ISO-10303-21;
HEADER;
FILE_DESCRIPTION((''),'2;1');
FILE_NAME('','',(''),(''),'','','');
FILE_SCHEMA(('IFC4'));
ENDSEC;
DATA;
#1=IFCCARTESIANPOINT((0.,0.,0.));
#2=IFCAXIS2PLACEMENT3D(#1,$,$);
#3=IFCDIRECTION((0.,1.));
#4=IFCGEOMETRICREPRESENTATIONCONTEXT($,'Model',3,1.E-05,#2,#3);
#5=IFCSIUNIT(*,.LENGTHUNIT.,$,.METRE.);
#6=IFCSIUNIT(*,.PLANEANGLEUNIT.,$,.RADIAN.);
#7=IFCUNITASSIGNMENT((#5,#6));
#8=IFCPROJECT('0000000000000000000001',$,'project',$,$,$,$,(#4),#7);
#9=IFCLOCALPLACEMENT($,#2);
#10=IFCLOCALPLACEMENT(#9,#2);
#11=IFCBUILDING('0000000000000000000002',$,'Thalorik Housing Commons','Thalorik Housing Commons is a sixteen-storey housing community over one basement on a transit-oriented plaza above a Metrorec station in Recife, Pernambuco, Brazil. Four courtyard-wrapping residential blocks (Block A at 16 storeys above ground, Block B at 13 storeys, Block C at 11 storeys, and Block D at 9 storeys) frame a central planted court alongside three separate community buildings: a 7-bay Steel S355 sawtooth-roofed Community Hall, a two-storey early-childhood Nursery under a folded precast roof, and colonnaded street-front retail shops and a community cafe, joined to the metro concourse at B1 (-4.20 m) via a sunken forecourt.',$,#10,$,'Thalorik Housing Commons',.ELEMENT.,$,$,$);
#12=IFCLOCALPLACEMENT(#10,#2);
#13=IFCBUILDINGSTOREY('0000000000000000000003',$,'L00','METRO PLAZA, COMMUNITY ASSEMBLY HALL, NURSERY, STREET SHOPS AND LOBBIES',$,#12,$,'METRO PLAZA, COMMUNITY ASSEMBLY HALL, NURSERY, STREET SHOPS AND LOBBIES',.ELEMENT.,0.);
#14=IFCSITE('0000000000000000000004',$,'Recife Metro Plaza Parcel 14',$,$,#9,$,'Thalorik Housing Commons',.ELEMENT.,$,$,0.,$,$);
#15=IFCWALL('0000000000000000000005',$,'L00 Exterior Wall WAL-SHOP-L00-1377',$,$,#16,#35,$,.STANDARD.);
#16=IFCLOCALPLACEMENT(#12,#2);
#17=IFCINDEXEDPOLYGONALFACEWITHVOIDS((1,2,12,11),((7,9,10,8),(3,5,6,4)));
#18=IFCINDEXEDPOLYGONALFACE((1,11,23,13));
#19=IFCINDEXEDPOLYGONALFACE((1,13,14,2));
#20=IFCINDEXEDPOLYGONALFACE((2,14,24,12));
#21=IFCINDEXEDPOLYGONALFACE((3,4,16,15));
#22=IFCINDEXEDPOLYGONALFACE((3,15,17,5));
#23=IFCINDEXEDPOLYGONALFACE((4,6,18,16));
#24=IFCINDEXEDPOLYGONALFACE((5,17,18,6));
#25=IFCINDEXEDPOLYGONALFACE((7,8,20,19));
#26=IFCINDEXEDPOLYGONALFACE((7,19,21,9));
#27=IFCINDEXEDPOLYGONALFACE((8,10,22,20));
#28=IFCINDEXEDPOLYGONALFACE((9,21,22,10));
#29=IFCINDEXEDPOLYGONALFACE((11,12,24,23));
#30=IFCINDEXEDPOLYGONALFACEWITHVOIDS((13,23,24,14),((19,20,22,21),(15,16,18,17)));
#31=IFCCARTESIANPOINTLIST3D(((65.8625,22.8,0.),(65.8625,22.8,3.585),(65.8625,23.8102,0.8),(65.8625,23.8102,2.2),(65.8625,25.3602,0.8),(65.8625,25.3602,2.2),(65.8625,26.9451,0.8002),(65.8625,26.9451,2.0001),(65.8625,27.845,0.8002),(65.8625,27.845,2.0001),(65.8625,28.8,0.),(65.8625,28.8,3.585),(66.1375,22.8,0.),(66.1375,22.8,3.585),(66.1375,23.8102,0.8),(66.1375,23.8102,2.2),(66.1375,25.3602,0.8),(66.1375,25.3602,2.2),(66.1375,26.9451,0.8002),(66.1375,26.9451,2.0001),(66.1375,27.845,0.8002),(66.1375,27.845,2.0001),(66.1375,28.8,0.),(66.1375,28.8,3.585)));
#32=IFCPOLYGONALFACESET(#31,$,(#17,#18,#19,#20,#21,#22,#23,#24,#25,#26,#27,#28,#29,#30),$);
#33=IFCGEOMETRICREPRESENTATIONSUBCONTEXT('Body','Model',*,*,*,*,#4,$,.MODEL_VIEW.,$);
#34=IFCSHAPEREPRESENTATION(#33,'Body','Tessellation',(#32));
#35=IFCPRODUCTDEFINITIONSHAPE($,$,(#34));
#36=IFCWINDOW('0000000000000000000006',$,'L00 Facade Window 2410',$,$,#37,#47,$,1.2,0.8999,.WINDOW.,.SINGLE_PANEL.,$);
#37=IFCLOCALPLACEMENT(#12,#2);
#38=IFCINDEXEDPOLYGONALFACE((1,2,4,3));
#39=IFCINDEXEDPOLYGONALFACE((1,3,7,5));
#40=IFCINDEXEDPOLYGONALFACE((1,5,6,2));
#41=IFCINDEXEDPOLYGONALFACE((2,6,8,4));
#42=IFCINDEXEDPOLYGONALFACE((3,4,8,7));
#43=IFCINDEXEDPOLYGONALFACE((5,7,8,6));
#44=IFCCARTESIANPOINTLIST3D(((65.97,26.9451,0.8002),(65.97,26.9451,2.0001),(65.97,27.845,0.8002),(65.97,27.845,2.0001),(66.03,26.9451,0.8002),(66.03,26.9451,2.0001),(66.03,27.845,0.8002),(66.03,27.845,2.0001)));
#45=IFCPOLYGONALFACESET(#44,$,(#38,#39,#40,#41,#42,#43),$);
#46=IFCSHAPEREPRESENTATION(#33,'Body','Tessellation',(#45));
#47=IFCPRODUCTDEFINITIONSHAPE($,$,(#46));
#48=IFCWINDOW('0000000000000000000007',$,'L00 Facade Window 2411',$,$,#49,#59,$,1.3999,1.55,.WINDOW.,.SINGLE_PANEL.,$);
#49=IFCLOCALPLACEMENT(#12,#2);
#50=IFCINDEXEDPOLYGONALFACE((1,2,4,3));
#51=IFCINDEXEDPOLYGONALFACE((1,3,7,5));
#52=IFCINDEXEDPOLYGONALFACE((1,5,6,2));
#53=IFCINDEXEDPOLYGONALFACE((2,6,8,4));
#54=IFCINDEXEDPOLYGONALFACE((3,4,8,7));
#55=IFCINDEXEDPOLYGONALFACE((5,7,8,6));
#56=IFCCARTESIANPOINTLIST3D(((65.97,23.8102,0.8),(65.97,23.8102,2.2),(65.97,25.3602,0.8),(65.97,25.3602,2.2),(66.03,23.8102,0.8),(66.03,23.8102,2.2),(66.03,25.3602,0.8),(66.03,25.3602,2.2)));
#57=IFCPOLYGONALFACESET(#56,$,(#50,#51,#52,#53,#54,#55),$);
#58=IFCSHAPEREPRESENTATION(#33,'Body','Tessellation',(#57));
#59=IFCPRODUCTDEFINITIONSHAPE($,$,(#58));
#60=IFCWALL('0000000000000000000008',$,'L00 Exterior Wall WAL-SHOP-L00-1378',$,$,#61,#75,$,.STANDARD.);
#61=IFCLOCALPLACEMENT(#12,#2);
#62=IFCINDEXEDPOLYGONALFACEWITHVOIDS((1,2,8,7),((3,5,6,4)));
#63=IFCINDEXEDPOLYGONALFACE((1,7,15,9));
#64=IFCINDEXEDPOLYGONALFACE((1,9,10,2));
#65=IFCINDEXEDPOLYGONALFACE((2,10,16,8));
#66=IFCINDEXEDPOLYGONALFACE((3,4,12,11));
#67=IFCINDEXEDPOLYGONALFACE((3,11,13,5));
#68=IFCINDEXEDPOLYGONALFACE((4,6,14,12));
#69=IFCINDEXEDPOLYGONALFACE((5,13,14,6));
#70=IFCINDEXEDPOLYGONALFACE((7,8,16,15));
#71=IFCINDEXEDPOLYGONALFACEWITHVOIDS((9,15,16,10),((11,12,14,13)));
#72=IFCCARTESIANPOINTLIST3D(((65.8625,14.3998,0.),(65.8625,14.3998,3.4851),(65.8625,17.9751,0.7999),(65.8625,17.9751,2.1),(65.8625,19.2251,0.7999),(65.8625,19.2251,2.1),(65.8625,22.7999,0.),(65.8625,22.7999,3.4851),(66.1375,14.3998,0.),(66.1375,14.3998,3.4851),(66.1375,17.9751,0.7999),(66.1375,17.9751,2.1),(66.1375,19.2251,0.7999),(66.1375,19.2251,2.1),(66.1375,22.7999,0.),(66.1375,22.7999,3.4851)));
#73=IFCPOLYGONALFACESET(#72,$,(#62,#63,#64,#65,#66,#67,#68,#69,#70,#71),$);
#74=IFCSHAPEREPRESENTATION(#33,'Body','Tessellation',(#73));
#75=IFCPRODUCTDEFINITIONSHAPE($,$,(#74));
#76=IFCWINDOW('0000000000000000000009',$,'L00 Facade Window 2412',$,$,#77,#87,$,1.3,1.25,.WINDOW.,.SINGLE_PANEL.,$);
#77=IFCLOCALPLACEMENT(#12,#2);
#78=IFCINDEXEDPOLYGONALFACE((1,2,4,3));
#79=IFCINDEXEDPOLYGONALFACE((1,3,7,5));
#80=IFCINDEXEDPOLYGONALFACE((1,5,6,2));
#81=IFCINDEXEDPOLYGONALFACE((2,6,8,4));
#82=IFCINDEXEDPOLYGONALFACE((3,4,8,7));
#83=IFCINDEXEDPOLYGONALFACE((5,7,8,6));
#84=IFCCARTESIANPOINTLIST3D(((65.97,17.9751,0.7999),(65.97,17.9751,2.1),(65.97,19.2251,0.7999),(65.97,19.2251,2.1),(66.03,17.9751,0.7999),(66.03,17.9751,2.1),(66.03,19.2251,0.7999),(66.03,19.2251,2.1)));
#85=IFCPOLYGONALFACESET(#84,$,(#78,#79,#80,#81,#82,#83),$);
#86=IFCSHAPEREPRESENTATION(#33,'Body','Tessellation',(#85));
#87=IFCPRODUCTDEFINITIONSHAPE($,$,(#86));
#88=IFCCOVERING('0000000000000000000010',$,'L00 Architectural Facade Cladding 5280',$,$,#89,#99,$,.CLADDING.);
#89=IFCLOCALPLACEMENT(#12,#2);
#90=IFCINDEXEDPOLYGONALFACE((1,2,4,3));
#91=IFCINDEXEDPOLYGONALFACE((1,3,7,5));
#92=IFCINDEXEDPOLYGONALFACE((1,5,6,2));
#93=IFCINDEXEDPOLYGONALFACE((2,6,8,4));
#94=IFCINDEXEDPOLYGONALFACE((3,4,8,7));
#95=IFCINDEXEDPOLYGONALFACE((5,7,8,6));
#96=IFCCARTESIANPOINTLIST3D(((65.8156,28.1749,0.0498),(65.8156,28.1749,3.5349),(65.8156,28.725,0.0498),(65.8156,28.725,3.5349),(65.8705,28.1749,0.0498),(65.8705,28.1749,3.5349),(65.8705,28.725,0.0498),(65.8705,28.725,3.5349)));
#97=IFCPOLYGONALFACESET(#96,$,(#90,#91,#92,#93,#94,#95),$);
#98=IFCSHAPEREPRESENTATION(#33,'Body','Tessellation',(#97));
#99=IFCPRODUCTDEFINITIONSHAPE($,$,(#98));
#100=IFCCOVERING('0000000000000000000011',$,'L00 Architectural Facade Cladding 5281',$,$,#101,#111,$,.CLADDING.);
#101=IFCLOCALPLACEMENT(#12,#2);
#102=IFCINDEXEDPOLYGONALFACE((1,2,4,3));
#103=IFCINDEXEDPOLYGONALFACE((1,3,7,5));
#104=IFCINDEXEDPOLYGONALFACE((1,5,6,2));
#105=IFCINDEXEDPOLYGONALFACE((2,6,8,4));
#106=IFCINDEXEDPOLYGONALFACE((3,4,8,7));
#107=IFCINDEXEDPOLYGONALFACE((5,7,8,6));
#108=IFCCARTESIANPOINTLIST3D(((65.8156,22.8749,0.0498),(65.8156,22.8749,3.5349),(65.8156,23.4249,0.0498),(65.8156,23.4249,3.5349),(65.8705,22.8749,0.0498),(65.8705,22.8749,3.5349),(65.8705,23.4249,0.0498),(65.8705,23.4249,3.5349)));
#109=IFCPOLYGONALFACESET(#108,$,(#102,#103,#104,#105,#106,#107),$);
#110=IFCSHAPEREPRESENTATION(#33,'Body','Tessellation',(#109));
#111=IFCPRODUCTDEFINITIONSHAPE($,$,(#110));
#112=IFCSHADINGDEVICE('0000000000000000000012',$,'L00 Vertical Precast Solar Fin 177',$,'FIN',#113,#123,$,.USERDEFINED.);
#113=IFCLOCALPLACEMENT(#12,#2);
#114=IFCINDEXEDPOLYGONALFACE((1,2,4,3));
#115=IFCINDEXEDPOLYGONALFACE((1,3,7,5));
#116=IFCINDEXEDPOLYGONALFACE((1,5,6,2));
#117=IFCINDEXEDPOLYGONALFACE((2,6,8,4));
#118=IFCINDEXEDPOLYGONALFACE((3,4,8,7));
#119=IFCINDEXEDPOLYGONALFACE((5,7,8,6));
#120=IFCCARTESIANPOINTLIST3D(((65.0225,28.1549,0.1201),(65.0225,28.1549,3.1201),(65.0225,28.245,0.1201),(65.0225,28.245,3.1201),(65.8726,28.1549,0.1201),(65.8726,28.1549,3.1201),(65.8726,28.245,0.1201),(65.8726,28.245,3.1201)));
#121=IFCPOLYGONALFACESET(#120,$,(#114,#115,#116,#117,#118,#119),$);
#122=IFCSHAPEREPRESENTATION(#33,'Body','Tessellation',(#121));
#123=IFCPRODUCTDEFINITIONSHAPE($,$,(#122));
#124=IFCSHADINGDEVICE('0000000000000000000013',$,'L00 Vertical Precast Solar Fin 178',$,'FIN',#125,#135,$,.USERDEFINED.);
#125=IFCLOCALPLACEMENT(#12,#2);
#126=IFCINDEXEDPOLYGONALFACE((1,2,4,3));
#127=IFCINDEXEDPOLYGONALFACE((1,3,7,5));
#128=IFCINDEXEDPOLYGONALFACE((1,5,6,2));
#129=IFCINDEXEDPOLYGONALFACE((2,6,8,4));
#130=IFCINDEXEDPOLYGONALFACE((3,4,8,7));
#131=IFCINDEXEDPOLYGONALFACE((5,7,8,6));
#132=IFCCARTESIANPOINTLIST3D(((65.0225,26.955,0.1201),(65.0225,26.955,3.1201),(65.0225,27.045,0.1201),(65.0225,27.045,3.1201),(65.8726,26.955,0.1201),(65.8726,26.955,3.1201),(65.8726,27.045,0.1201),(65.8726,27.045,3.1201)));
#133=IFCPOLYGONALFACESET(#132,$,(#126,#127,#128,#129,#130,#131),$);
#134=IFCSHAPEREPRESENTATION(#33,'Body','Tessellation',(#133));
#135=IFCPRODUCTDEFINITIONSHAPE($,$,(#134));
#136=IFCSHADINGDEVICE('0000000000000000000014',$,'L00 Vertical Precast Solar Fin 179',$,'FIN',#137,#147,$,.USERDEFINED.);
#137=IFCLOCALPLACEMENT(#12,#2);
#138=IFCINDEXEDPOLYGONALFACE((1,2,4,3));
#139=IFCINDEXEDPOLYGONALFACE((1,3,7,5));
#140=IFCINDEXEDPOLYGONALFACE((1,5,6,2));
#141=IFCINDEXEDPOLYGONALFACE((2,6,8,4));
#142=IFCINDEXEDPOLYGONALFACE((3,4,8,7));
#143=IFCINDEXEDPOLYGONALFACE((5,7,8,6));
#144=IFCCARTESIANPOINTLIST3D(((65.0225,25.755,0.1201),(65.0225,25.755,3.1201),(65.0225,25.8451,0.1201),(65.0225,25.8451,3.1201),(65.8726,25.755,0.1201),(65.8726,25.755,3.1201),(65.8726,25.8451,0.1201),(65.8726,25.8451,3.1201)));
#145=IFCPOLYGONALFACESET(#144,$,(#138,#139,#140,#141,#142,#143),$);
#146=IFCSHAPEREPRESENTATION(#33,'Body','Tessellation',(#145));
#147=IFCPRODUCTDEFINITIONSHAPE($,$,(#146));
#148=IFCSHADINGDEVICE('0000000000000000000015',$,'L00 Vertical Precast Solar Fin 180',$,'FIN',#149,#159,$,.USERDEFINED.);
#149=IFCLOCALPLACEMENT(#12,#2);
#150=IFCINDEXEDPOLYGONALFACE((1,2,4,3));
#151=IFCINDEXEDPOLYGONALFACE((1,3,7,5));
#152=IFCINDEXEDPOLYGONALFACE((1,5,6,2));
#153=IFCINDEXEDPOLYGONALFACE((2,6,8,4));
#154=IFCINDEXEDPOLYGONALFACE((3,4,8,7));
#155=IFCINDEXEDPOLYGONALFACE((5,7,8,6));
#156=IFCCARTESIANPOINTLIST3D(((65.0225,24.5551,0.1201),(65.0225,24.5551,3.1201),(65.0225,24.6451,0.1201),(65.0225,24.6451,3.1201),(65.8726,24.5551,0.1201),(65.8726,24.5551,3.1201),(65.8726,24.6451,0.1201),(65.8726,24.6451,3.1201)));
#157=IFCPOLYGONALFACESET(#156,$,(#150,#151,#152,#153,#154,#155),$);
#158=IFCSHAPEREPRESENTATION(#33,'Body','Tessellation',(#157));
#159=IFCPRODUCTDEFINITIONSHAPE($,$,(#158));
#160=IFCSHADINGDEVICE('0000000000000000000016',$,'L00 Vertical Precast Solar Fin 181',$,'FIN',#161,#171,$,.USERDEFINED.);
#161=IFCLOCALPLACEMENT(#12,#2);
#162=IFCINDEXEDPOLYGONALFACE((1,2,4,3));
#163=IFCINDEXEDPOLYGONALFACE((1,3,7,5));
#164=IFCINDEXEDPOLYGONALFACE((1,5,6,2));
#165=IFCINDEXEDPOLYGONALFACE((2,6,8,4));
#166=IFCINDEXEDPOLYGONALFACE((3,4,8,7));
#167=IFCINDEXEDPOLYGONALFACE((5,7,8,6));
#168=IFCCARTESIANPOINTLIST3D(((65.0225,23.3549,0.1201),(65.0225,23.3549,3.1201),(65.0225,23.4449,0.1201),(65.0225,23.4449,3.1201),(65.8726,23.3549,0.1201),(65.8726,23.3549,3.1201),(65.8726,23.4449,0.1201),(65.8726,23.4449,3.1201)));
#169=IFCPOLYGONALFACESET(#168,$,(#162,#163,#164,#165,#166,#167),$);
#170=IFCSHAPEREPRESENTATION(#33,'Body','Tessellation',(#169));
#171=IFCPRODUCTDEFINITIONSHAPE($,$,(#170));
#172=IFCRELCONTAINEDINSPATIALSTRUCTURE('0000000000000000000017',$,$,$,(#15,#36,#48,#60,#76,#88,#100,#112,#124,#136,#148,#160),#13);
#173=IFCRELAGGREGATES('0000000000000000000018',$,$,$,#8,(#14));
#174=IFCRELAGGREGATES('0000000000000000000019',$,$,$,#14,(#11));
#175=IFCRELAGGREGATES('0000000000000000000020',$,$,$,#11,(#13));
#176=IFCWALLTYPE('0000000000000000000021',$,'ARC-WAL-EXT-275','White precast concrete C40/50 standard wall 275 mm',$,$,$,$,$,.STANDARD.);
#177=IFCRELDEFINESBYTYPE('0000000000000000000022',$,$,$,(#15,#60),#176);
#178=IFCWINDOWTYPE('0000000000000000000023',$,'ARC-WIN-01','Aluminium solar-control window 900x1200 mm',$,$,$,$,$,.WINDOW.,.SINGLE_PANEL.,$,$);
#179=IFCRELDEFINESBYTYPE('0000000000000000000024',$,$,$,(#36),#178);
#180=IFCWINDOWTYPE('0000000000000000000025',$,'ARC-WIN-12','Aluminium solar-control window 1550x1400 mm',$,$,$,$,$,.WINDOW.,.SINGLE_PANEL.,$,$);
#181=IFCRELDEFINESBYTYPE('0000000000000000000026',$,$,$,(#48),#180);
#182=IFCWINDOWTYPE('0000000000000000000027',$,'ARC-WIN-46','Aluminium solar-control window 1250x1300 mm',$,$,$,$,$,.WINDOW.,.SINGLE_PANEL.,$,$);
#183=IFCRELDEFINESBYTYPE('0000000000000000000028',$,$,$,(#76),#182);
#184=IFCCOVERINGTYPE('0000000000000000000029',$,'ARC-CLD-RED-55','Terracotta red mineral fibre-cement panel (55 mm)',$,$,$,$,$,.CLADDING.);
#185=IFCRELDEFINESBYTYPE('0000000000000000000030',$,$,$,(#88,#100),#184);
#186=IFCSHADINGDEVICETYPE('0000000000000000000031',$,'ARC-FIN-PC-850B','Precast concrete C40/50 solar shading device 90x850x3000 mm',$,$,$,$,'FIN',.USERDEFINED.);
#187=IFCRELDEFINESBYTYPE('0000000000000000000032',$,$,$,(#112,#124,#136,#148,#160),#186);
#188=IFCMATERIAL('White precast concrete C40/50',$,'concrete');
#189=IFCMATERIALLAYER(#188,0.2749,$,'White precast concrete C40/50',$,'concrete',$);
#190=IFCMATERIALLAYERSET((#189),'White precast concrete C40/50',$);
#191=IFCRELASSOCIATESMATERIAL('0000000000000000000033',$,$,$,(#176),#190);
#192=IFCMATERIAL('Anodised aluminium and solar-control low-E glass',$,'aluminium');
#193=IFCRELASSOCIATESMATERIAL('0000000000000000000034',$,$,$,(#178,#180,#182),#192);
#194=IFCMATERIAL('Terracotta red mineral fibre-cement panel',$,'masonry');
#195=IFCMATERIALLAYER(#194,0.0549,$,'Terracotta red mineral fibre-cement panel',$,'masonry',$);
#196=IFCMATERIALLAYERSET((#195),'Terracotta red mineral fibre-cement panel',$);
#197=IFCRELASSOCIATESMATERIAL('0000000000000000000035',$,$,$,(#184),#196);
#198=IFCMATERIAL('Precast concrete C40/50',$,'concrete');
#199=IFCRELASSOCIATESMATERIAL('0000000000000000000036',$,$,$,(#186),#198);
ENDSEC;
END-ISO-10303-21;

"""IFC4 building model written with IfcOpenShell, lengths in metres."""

from ifc_helpers import new_model, si_unit, direction, frame, frame_2d, origin, origin_2d, place, context, subcontext, project, spatial, rectangle, extrude, material, layer, layer_set, type_object, element, fill, save


model = new_model("IFC4")

# Units and contexts
model_context = context("Model", 3, precision=1e-05, world=origin(), true_north=direction((0.0, 1.0)))
body_context = subcontext(model_context, "Body", "Model", "MODEL_VIEW")
ifc_project = project(units=[si_unit("LENGTHUNIT", "METRE"), si_unit("PLANEANGLEUNIT", "RADIAN")], contexts=[model_context])

# Site, building, storey
site_placement = place(None, origin())
site = spatial("IfcSite", under=ifc_project, at=site_placement, Name="Recife Metro Plaza Parcel 14", LongName="Thalorik Housing Commons", CompositionType="ELEMENT", RefElevation=0.0)
building_placement = place(site_placement, origin())
building = spatial("IfcBuilding", under=site, at=building_placement, Name="Thalorik Housing Commons", Description="Thalorik Housing Commons is a sixteen-storey housing community over one basement on a transit-oriented plaza above a Metrorec station in Recife, Pernambuco, Brazil. Four courtyard-wrapping residential blocks (Block A at 16 storeys above ground, Block B at 13 storeys, Block C at 11 storeys, and Block D at 9 storeys) frame a central planted court alongside three separate community buildings: a 7-bay Steel S355 sawtooth-roofed Community Hall, a two-storey early-childhood Nursery under a folded precast roof, and colonnaded street-front retail shops and a community cafe, joined to the metro concourse at B1 (-4.20 m) via a sunken forecourt.", LongName="Thalorik Housing Commons", CompositionType="ELEMENT")
storey_placement = place(building_placement, origin())
storey = spatial("IfcBuildingStorey", under=building, at=storey_placement, Name="L00", Description="METRO PLAZA, COMMUNITY ASSEMBLY HALL, NURSERY, STREET SHOPS AND LOBBIES", LongName="METRO PLAZA, COMMUNITY ASSEMBLY HALL, NURSERY, STREET SHOPS AND LOBBIES", CompositionType="ELEMENT", Elevation=0.0)

# Shared definitions
ifc_material_1 = material(Name="Precast concrete C40/50", Category="concrete")

# Wall, openings, windows
ifc_material_2 = material(Name="White precast concrete C40/50", Category="concrete")
ifc_layer_1 = layer(ifc_material_2, 0.2749, Name="White precast concrete C40/50", Category="concrete")
ifc_layer_set_1 = layer_set([ifc_layer_1], Name="White precast concrete C40/50")
wall_type_1 = type_object("IfcWallType", Name="ARC-WAL-EXT-275", Description="White precast concrete C40/50 standard wall 275 mm", PredefinedType="STANDARD", material=ifc_layer_set_1)
wall_1_placement = place(storey_placement, frame((66.0, 28.8, 0.0), z_axis=(0.0, 0.0, 1.0), x_axis=(0.0, -1.0, 0.0)))
wall_1 = element("IfcWall", 1, at=wall_1_placement, inside=storey, type_object=wall_type_1, Name="L00 Exterior Wall WAL-SHOP-L00-1377", PredefinedType="STANDARD", context=body_context, shape_type="SweptSolid", body=[
    extrude(rectangle(XDim=6.0, YDim=0.2749, at=frame_2d((3.0, 0.0))), origin(), (0.0, 0.0, 1.0), 3.585),
])
opening_1_placement = place(wall_1_placement, frame((0.9551, 0.0, 0.8)))
opening_1 = element("IfcOpeningElement", 2, at=opening_1_placement, cuts=wall_1, PredefinedType="OPENING", context=body_context, shape_type="SweptSolid", body=[
    extrude(rectangle(XDim=0.8999, YDim=1.2, at=frame_2d((0.45, 0.6001))), frame((0.0, 0.1475, 0.0), z_axis=(0.0, -1.0, 0.0), x_axis=(1.0, 0.0, 0.0)), (0.0, 0.0, 1.0), 0.2949),
])
opening_2_placement = place(wall_1_placement, frame((3.4399, 0.0, 0.8)))
opening_2 = element("IfcOpeningElement", 3, at=opening_2_placement, cuts=wall_1, PredefinedType="OPENING", context=body_context, shape_type="SweptSolid", body=[
    extrude(rectangle(XDim=1.55, YDim=1.3999, at=frame_2d((0.7749, 0.7))), frame((0.0, 0.1475, 0.0), z_axis=(0.0, -1.0, 0.0), x_axis=(1.0, 0.0, 0.0)), (0.0, 0.0, 1.0), 0.2949),
])
ifc_material_3 = material(Name="Anodised aluminium and solar-control low-E glass", Category="aluminium")
window_type_1 = type_object("IfcWindowType", Name="ARC-WIN-01", Description="Aluminium solar-control window 900x1200 mm", PartitioningType="SINGLE_PANEL", PredefinedType="WINDOW", material=ifc_material_3)
window_1_placement = place(opening_1_placement, origin())
window_1 = element("IfcWindow", 4, at=window_1_placement, inside=storey, type_object=window_type_1, Name="L00 Facade Window 2410", OverallHeight=1.2, OverallWidth=0.8999, PartitioningType="SINGLE_PANEL", PredefinedType="WINDOW", context=body_context, shape_type="SweptSolid", body=[
    extrude(rectangle(XDim=0.8999, YDim=1.2, at=frame_2d((0.45, 0.6001))), frame((0.0, 0.03, 0.0), z_axis=(0.0, -1.0, 0.0), x_axis=(1.0, 0.0, 0.0)), (0.0, 0.0, 1.0), 0.0601),
])
fill(opening_1, window_1)
window_type_2 = type_object("IfcWindowType", Name="ARC-WIN-12", Description="Aluminium solar-control window 1550x1400 mm", PartitioningType="SINGLE_PANEL", PredefinedType="WINDOW", material=ifc_material_3)
window_2_placement = place(opening_2_placement, origin())
window_2 = element("IfcWindow", 5, at=window_2_placement, inside=storey, type_object=window_type_2, Name="L00 Facade Window 2411", OverallHeight=1.3999, OverallWidth=1.55, PartitioningType="SINGLE_PANEL", PredefinedType="WINDOW", context=body_context, shape_type="SweptSolid", body=[
    extrude(rectangle(XDim=1.55, YDim=1.3999, at=frame_2d((0.7749, 0.7))), frame((0.0, 0.03, 0.0), z_axis=(0.0, -1.0, 0.0), x_axis=(1.0, 0.0, 0.0)), (0.0, 0.0, 1.0), 0.0601),
])
fill(opening_2, window_2)

# Wall, opening, window
wall_2_placement = place(storey_placement, frame((66.0, 22.8, 0.0), z_axis=(0.0, 0.0, 1.0), x_axis=(0.0, -1.0, 0.0)))
wall_2 = element("IfcWall", 6, at=wall_2_placement, inside=storey, type_object=wall_type_1, Name="L00 Exterior Wall WAL-SHOP-L00-1378", PredefinedType="STANDARD", context=body_context, shape_type="SweptSolid", body=[
    extrude(rectangle(XDim=8.4001, YDim=0.2749, at=frame_2d((4.2002, 0.0))), origin(), (0.0, 0.0, 1.0), 3.4851),
])
opening_3_placement = place(wall_2_placement, frame((3.575, 0.0, 0.8)))
opening_3 = element("IfcOpeningElement", 7, at=opening_3_placement, cuts=wall_2, PredefinedType="OPENING", context=body_context, shape_type="SweptSolid", body=[
    extrude(rectangle(XDim=1.25, YDim=1.3, at=frame_2d((0.625, 0.6499))), frame((0.0, 0.1475, 0.0), z_axis=(0.0, -1.0, 0.0), x_axis=(1.0, 0.0, 0.0)), (0.0, 0.0, 1.0), 0.2949),
])
window_type_3 = type_object("IfcWindowType", Name="ARC-WIN-46", Description="Aluminium solar-control window 1250x1300 mm", PartitioningType="SINGLE_PANEL", PredefinedType="WINDOW", material=ifc_material_3)
window_3_placement = place(opening_3_placement, origin())
window_3 = element("IfcWindow", 8, at=window_3_placement, inside=storey, type_object=window_type_3, Name="L00 Facade Window 2412", OverallHeight=1.3, OverallWidth=1.25, PartitioningType="SINGLE_PANEL", PredefinedType="WINDOW", context=body_context, shape_type="SweptSolid", body=[
    extrude(rectangle(XDim=1.25, YDim=1.3, at=frame_2d((0.625, 0.6499))), frame((0.0, 0.03, 0.0), z_axis=(0.0, -1.0, 0.0), x_axis=(1.0, 0.0, 0.0)), (0.0, 0.0, 1.0), 0.0601),
])
fill(opening_3, window_3)

# Coverings
ifc_material_4 = material(Name="Terracotta red mineral fibre-cement panel", Category="masonry")
ifc_layer_2 = layer(ifc_material_4, 0.0549, Name="Terracotta red mineral fibre-cement panel", Category="masonry")
ifc_layer_set_2 = layer_set([ifc_layer_2], Name="Terracotta red mineral fibre-cement panel")
covering_type = type_object("IfcCoveringType", Name="ARC-CLD-RED-55", Description="Terracotta red mineral fibre-cement panel (55 mm)", PredefinedType="CLADDING", material=ifc_layer_set_2)
for number, where, z_axis, x_axis, name in (
    (9, (65.843, 28.45, 0.0498), (0.0, 0.0, 1.0), (0.0, -1.0, 0.0), "L00 Architectural Facade Cladding 5280"),
    (10, (65.843, 23.1499, 0.0498), (0.0, 0.0, 1.0), (0.0, -1.0, 0.0), "L00 Architectural Facade Cladding 5281"),
):
    element("IfcCovering", number, at=place(storey_placement, frame(where, z_axis=z_axis, x_axis=x_axis)), inside=storey, type_object=covering_type, Name=name, PredefinedType="CLADDING", context=body_context, shape_type="SweptSolid", body=[
        extrude(rectangle(XDim=0.55, YDim=0.0549, at=origin_2d()), origin(), (0.0, 0.0, 1.0), 3.4851),
    ])

# Shading devices
shading_device_type = type_object("IfcShadingDeviceType", Name="ARC-FIN-PC-850B", Description="Precast concrete C40/50 solar shading device 90x850x3000 mm", ElementType="FIN", PredefinedType="USERDEFINED", material=ifc_material_1)
for number, where, z_axis, x_axis, name in (
    (11, (65.4475, 28.2, 0.1201), (0.0, 0.0, 1.0), (0.0, -1.0, 0.0), "L00 Vertical Precast Solar Fin 177"),
    (12, (65.4475, 27.0, 0.1201), (0.0, 0.0, 1.0), (0.0, -1.0, 0.0), "L00 Vertical Precast Solar Fin 178"),
    (13, (65.4475, 25.8, 0.1201), (0.0, 0.0, 1.0), (0.0, -1.0, 0.0), "L00 Vertical Precast Solar Fin 179"),
    (14, (65.4475, 24.6001, 0.1201), (0.0, 0.0, 1.0), (0.0, -1.0, 0.0), "L00 Vertical Precast Solar Fin 180"),
    (15, (65.4475, 23.3999, 0.1201), (0.0, 0.0, 1.0), (0.0, -1.0, 0.0), "L00 Vertical Precast Solar Fin 181"),
):
    element("IfcShadingDevice", number, at=place(storey_placement, frame(where, z_axis=z_axis, x_axis=x_axis)), inside=storey, type_object=shading_device_type, Name=name, ObjectType="FIN", PredefinedType="USERDEFINED", context=body_context, shape_type="SweptSolid", body=[
        extrude(rectangle(XDim=0.0901, YDim=0.8501, at=origin_2d()), origin(), (0.0, 0.0, 1.0), 3.0),
    ])

save(model, "model.ifc")
